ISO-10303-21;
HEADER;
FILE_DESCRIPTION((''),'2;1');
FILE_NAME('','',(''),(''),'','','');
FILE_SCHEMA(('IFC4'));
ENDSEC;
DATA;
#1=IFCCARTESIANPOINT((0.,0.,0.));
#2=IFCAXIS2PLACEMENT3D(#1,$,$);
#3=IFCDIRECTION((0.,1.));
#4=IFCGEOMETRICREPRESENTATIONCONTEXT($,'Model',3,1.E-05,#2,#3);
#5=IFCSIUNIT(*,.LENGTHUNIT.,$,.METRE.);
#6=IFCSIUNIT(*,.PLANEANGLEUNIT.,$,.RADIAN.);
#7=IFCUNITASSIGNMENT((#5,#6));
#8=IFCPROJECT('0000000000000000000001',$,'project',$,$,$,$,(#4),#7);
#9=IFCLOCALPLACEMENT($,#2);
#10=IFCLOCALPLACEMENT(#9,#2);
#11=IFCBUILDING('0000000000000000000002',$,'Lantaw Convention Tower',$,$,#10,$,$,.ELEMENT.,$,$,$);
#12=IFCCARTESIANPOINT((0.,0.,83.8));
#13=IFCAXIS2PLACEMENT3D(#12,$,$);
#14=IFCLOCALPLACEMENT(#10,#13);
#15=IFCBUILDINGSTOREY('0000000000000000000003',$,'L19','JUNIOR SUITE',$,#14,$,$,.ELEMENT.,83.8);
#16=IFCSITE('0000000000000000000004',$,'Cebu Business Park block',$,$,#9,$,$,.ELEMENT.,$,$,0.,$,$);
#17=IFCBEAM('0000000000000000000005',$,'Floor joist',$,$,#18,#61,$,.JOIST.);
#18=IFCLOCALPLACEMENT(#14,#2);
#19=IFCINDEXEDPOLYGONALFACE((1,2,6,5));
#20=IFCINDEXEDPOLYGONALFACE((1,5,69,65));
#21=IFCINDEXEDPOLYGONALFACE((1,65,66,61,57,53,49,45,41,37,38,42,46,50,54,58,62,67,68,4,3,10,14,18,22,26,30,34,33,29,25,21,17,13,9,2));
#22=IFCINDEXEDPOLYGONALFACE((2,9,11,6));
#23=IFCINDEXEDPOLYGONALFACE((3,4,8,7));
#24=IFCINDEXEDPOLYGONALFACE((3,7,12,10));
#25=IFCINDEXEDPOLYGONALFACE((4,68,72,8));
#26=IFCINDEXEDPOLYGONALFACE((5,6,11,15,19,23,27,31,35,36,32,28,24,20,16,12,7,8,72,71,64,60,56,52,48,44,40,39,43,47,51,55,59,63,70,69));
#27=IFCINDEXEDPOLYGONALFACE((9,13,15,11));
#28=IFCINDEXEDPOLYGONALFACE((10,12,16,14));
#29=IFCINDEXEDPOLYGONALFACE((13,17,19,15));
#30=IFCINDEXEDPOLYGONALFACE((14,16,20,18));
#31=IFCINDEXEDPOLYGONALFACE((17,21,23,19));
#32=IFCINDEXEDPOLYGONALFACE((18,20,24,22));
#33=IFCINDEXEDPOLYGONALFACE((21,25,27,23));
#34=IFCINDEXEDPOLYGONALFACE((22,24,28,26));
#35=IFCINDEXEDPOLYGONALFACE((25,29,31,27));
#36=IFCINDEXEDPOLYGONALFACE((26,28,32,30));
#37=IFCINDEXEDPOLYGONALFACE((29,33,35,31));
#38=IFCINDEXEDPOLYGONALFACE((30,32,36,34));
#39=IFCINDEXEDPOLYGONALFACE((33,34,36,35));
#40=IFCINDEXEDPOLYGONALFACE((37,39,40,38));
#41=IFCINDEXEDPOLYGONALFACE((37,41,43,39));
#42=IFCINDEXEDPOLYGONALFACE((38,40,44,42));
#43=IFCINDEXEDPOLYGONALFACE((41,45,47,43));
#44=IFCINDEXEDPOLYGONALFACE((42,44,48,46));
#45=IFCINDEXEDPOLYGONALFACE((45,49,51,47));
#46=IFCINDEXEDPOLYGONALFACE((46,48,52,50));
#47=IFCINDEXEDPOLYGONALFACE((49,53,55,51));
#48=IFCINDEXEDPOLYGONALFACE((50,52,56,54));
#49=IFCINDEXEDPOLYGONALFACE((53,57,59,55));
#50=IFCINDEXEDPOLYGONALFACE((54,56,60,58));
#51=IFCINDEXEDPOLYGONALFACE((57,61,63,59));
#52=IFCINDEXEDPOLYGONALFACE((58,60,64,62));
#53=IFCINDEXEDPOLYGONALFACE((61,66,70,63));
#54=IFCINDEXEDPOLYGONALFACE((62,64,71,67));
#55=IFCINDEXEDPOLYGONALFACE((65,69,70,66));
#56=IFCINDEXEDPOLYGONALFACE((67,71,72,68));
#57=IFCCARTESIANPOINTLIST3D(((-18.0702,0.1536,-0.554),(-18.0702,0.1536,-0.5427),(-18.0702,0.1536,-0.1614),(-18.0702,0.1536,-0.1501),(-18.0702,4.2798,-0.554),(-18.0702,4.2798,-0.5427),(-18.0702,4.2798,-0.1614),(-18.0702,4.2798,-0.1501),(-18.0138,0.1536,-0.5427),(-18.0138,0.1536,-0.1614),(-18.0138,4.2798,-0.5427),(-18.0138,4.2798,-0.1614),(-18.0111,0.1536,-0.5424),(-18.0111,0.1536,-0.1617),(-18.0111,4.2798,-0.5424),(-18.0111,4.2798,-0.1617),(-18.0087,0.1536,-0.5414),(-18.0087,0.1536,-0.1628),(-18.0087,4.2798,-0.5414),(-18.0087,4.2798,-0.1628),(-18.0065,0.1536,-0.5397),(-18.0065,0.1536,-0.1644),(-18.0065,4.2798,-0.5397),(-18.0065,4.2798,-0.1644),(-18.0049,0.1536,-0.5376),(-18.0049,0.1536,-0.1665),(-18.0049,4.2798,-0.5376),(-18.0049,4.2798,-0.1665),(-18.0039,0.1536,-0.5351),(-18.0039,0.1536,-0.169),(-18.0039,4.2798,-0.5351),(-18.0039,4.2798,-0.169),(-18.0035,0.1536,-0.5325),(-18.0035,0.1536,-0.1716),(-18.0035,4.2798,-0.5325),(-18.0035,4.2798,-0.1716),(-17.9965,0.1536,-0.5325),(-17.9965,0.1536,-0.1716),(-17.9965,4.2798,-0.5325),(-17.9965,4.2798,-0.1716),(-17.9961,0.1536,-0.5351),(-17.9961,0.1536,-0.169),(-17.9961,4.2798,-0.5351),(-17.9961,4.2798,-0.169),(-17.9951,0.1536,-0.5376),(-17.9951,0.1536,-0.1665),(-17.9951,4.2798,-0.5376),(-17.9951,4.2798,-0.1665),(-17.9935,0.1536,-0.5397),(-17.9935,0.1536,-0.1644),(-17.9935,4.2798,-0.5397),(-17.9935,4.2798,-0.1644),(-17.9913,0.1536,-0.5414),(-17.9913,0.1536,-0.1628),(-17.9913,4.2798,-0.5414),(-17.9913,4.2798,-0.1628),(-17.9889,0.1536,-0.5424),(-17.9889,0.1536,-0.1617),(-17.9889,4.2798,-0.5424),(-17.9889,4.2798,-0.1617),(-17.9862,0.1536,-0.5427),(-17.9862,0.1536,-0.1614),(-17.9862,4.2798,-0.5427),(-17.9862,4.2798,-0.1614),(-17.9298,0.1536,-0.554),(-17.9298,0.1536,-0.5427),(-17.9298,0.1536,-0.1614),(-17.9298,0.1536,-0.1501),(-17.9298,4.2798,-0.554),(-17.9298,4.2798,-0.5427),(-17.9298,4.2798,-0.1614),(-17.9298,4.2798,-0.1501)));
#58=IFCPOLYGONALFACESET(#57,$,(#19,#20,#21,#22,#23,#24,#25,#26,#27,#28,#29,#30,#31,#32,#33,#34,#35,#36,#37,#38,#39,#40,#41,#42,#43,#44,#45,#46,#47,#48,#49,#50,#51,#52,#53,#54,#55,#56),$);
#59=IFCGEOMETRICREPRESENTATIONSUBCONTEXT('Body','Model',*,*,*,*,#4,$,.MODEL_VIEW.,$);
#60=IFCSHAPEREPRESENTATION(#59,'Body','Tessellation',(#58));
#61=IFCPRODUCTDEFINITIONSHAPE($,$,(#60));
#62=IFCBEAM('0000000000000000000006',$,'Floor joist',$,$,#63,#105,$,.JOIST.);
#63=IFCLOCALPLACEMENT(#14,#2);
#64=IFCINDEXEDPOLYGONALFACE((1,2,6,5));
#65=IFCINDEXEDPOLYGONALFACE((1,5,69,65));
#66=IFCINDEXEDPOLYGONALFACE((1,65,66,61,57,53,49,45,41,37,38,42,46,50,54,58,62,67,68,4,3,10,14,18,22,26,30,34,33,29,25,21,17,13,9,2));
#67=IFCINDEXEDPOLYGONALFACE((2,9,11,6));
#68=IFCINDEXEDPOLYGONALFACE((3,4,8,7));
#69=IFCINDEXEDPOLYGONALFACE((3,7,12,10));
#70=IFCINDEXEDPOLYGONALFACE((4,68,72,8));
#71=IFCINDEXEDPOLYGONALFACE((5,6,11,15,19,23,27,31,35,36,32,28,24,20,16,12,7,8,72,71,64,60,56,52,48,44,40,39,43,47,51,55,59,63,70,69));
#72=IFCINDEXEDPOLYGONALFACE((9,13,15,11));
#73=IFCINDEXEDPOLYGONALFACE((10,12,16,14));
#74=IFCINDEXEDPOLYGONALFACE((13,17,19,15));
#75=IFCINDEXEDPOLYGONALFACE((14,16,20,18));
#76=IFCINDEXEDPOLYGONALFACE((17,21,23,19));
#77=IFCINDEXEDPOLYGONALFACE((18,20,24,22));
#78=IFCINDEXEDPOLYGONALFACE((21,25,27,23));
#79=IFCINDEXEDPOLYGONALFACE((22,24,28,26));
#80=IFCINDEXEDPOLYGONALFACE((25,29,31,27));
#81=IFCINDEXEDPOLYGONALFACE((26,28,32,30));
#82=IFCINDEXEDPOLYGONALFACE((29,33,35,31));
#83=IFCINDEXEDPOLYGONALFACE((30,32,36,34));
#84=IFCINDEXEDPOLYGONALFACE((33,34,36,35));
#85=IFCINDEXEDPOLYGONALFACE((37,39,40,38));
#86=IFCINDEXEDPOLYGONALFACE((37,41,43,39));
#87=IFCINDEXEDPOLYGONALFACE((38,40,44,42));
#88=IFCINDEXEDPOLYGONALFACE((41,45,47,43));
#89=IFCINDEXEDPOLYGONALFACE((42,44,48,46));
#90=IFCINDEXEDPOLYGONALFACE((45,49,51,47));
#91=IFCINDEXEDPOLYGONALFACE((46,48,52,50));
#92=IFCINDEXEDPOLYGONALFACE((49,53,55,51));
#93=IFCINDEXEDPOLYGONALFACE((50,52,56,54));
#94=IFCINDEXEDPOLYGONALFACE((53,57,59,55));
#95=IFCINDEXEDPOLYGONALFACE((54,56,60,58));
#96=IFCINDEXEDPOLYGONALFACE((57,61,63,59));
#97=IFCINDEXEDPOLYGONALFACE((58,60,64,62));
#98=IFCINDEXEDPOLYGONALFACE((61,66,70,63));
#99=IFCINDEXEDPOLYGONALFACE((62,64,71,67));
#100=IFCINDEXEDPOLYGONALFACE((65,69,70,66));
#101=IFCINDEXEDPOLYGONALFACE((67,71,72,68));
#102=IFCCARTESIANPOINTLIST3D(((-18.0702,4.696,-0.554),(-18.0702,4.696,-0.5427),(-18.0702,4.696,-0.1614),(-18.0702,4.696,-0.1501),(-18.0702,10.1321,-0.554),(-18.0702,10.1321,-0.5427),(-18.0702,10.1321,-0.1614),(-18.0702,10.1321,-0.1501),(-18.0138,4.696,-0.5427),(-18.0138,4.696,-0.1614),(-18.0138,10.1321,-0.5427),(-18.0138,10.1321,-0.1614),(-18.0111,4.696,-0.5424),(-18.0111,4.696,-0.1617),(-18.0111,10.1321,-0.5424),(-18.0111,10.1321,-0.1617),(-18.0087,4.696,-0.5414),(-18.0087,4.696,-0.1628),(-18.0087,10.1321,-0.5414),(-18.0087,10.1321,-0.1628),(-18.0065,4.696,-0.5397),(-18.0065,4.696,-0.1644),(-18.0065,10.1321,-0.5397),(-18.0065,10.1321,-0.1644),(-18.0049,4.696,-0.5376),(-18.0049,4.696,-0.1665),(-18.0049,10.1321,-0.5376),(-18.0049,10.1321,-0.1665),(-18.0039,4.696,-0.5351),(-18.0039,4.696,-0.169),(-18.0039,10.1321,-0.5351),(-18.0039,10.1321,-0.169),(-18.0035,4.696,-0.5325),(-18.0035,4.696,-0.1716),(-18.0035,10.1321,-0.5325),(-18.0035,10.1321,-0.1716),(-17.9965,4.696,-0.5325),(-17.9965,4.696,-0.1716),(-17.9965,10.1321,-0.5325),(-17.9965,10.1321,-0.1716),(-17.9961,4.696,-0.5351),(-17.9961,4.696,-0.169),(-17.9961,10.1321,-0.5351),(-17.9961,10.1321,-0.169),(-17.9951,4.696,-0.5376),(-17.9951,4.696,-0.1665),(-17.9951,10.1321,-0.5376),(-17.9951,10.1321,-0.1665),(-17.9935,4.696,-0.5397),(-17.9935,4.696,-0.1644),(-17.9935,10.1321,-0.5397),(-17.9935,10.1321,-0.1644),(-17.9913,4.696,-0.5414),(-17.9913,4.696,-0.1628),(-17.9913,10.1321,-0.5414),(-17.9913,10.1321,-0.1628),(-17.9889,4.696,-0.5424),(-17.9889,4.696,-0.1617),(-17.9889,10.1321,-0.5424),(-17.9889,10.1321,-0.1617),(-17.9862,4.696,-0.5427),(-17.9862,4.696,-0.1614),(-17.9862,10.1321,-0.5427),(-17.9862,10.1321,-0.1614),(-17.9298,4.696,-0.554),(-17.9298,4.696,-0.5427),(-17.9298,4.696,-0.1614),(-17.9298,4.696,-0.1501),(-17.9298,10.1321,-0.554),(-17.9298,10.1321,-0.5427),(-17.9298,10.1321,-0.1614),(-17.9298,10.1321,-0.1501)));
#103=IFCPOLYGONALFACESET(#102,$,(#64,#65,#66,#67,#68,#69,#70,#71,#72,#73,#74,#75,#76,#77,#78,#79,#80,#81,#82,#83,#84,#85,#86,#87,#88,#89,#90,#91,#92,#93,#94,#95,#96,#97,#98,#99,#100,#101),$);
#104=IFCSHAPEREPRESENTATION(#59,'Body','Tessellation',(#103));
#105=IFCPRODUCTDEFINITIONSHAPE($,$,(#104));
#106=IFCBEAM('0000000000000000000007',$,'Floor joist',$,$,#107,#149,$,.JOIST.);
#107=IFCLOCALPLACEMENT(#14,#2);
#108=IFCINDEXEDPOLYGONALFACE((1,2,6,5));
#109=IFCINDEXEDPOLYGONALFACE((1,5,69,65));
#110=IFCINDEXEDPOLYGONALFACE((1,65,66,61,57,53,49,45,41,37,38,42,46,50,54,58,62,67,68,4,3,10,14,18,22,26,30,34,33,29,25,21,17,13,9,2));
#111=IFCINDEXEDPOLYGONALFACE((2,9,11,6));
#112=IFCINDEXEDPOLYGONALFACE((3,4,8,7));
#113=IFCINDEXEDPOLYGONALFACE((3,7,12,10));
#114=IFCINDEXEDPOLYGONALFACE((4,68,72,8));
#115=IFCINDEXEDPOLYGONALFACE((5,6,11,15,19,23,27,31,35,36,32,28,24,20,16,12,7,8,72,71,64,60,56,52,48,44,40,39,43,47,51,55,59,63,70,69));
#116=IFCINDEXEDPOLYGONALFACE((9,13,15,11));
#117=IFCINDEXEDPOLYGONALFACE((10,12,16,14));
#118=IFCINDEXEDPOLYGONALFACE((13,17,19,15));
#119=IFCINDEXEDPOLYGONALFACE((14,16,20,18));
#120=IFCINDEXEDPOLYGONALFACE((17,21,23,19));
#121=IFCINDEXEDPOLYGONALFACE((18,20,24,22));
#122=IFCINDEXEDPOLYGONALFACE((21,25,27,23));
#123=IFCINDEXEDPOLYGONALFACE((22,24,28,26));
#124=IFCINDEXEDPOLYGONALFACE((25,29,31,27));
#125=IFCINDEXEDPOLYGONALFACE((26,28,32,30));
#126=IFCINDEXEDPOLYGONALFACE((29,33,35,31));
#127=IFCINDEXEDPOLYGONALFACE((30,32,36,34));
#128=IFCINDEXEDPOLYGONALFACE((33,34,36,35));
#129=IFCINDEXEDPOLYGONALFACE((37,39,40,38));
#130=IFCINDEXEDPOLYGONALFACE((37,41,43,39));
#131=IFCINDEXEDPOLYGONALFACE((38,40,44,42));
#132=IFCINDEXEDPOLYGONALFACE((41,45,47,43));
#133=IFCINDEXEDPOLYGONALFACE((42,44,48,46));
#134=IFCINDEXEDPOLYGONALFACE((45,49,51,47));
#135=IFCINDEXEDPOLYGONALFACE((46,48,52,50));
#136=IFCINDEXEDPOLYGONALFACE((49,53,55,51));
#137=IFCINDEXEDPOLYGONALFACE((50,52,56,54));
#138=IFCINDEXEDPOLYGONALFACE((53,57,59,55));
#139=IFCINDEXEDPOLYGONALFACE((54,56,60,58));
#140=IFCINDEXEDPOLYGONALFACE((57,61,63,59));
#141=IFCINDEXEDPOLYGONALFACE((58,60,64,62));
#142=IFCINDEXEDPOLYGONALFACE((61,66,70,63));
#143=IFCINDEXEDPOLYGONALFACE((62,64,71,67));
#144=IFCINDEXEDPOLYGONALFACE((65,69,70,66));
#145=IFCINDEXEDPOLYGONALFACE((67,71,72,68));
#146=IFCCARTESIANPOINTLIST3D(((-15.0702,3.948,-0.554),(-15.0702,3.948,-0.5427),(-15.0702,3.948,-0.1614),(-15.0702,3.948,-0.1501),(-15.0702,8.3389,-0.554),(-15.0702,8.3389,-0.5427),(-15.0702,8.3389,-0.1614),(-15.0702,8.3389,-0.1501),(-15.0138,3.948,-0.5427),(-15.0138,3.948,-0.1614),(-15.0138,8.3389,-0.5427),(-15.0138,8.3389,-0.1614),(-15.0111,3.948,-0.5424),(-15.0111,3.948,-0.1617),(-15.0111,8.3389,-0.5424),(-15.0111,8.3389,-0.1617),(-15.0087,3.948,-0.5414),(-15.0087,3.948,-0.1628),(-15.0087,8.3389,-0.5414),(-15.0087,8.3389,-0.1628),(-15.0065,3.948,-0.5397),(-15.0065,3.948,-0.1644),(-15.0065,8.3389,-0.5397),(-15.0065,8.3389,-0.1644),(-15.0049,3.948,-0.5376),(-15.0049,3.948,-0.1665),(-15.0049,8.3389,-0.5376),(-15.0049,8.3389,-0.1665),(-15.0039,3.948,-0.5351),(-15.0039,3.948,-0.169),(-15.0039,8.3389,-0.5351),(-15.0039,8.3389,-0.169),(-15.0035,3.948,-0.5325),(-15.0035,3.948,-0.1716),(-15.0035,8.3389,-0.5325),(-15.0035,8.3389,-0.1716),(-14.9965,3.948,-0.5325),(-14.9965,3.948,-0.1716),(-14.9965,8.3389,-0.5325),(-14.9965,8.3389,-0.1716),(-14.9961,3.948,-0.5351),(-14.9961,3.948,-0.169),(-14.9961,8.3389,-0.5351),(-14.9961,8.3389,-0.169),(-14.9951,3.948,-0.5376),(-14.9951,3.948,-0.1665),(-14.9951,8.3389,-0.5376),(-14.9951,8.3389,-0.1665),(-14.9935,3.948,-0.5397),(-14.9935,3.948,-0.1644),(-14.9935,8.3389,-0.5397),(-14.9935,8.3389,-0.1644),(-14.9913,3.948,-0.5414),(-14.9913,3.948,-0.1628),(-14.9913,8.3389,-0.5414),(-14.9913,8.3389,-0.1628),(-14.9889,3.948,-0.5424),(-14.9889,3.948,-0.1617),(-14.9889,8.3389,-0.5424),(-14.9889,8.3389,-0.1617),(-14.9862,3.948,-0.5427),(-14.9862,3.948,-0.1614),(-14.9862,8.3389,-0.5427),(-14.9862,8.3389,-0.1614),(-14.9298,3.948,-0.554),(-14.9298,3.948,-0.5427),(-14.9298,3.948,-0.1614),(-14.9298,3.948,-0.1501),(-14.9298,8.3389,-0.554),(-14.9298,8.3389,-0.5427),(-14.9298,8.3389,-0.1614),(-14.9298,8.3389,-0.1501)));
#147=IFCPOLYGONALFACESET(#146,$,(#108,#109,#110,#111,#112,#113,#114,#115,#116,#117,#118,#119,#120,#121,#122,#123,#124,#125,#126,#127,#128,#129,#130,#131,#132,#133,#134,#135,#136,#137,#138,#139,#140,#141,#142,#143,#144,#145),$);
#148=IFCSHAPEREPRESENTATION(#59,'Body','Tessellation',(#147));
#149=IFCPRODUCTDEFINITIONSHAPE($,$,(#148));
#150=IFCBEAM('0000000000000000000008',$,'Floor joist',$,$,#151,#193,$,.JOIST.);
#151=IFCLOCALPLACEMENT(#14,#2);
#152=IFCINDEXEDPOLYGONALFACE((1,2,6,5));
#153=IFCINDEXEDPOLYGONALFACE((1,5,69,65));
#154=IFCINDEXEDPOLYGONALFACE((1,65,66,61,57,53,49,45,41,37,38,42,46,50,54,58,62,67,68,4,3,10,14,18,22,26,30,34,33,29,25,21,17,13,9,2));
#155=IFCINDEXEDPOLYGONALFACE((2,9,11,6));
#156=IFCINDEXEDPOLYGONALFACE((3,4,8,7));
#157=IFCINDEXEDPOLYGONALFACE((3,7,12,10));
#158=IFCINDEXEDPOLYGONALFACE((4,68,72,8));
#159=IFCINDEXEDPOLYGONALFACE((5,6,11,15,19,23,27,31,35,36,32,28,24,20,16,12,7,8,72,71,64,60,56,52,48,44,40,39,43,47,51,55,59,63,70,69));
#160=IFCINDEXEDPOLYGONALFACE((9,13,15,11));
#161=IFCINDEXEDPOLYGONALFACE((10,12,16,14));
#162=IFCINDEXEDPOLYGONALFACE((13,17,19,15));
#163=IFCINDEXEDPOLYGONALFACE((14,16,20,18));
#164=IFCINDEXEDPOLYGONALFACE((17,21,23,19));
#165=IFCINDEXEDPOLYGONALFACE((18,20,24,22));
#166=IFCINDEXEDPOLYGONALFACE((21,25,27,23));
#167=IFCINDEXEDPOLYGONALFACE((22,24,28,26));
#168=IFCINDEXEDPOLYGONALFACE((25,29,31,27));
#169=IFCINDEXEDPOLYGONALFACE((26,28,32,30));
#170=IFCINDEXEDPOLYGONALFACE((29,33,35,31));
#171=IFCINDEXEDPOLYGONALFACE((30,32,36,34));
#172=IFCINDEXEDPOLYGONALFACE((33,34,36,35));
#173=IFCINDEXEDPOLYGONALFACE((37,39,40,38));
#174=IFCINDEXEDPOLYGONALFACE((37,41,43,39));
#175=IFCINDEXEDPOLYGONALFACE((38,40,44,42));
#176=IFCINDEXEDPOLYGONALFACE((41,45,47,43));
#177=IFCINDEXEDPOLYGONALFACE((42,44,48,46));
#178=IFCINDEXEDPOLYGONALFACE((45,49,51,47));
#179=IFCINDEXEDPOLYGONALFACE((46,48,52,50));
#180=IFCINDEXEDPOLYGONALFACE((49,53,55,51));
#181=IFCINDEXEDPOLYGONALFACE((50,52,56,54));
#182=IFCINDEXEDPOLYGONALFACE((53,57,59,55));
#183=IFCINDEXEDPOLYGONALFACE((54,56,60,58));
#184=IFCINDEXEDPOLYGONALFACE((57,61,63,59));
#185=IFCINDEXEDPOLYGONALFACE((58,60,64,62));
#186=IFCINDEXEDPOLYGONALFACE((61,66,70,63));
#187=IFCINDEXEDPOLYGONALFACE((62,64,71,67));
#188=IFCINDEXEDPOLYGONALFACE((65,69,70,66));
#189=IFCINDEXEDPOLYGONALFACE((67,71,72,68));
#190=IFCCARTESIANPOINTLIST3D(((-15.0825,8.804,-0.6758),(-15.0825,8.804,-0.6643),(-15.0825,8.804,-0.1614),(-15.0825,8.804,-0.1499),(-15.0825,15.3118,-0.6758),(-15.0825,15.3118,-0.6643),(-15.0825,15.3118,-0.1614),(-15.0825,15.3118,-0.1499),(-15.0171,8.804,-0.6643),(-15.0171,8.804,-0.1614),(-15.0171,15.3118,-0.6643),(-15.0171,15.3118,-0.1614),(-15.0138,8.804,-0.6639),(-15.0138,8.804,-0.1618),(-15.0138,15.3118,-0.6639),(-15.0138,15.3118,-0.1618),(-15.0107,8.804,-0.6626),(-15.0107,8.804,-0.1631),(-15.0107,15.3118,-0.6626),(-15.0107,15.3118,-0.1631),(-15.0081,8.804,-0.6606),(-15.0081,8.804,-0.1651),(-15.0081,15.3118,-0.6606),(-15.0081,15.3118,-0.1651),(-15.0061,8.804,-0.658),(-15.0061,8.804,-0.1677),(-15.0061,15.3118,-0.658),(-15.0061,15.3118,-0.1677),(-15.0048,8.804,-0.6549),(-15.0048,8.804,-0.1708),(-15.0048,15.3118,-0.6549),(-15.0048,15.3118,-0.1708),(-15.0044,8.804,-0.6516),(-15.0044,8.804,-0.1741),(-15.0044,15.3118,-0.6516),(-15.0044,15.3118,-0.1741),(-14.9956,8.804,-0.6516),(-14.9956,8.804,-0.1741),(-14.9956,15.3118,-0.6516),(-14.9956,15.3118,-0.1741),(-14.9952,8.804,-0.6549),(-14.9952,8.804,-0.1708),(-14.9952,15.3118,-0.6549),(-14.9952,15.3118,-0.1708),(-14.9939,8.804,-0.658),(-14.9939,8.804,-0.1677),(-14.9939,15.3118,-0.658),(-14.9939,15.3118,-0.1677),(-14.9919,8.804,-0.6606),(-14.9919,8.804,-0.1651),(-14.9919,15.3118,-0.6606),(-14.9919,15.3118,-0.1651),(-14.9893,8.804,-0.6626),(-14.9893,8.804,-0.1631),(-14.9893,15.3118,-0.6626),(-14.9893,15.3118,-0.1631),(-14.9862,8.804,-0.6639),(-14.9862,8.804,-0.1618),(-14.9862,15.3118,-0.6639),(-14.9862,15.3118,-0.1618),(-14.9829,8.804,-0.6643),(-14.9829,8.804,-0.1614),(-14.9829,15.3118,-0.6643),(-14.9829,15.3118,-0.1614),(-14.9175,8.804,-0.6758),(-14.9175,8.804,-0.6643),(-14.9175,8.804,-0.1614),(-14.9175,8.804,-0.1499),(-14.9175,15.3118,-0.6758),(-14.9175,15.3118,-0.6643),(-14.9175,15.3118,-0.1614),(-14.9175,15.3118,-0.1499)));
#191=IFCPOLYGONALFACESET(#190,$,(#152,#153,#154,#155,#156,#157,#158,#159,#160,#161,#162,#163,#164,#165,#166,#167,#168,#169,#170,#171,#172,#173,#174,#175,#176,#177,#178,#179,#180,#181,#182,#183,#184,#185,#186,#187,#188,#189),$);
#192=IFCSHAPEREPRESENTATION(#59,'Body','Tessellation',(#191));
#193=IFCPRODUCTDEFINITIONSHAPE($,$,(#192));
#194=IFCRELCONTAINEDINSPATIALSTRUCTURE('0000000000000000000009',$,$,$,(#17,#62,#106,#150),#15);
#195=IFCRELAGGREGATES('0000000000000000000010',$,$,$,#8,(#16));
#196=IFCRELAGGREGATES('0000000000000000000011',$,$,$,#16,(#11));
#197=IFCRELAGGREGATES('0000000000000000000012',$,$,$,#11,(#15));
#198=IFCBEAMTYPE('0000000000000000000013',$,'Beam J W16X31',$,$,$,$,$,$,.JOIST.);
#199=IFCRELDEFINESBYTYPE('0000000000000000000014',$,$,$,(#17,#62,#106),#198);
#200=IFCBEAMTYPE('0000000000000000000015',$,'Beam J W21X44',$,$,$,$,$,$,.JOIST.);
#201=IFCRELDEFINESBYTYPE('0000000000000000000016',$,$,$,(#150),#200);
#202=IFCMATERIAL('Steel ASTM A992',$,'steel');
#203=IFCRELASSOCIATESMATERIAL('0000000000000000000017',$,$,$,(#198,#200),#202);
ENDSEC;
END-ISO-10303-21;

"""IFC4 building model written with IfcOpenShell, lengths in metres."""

from ifc_helpers import new_model, si_unit, direction, frame, origin, origin_2d, place, context, subcontext, project, spatial, i_section, extrude, material, material_profile, profile_set, type_object, element, save


model = new_model("IFC4")

# Units and contexts
model_context = context("Model", 3, precision=1e-05, world=origin(), true_north=direction((0.0, 1.0)))
body_context = subcontext(model_context, "Body", "Model", "MODEL_VIEW")
ifc_project = project(units=[si_unit("LENGTHUNIT", "METRE"), si_unit("PLANEANGLEUNIT", "RADIAN")], contexts=[model_context])

# Site, building, storey
site_placement = place(None, origin())
site = spatial("IfcSite", under=ifc_project, at=site_placement, Name="Cebu Business Park block", CompositionType="ELEMENT", RefElevation=0.0)
building_placement = place(site_placement, origin())
building = spatial("IfcBuilding", under=site, at=building_placement, Name="Lantaw Convention Tower", CompositionType="ELEMENT")
storey_placement = place(building_placement, frame((0.0, 0.0, 83.8)))
storey = spatial("IfcBuildingStorey", under=building, at=storey_placement, Name="L19", Description="JUNIOR SUITE", CompositionType="ELEMENT", Elevation=83.8)

# Beams
ifc_material_1 = material(Name="Steel ASTM A992", Category="steel")
ifc_material_profile_1 = material_profile(ifc_material_1, i_section(OverallWidth=0.1404, OverallDepth=0.4038, WebThickness=0.0071, FlangeThickness=0.0112, FilletRadius=0.0103, at=origin_2d()), Name="W16X31")
ifc_profile_set_1 = profile_set([ifc_material_profile_1], Name="Steel ASTM A992")
beam_type_1 = type_object("IfcBeamType", Name="Beam J W16X31", PredefinedType="JOIST", material=ifc_profile_set_1)
beam_1_placement = place(storey_placement, frame((-18.0, 0.1536, -0.3521), z_axis=(0.0, 1.0, 0.0), x_axis=(-1.0, 0.0, 0.0)))
element("IfcBeam", 1, at=beam_1_placement, inside=storey, type_object=beam_type_1, Name="Floor joist", PredefinedType="JOIST", context=body_context, shape_type="SweptSolid", body=[
    extrude(i_section(OverallWidth=0.1404, OverallDepth=0.4038, WebThickness=0.0071, FlangeThickness=0.0112, FilletRadius=0.0103, at=origin_2d()), origin(), (0.0, 0.0, 1.0), 4.1262),
])
beam_2_placement = place(storey_placement, frame((-18.0, 4.696, -0.3521), z_axis=(0.0, 1.0, 0.0), x_axis=(-1.0, 0.0, 0.0)))
element("IfcBeam", 2, at=beam_2_placement, inside=storey, type_object=beam_type_1, Name="Floor joist", PredefinedType="JOIST", context=body_context, shape_type="SweptSolid", body=[
    extrude(i_section(OverallWidth=0.1404, OverallDepth=0.4038, WebThickness=0.0071, FlangeThickness=0.0112, FilletRadius=0.0103, at=origin_2d()), origin(), (0.0, 0.0, 1.0), 5.436),
])
beam_3_placement = place(storey_placement, frame((-15.0, 3.948, -0.3521), z_axis=(0.0, 1.0, 0.0), x_axis=(-1.0, 0.0, 0.0)))
element("IfcBeam", 3, at=beam_3_placement, inside=storey, type_object=beam_type_1, Name="Floor joist", PredefinedType="JOIST", context=body_context, shape_type="SweptSolid", body=[
    extrude(i_section(OverallWidth=0.1404, OverallDepth=0.4038, WebThickness=0.0071, FlangeThickness=0.0112, FilletRadius=0.0103, at=origin_2d()), origin(), (0.0, 0.0, 1.0), 4.3909),
])
ifc_material_profile_2 = material_profile(ifc_material_1, i_section(OverallWidth=0.165, OverallDepth=0.5259, WebThickness=0.0088, FlangeThickness=0.0115, FilletRadius=0.0127, at=origin_2d()), Name="W21X44")
ifc_profile_set_2 = profile_set([ifc_material_profile_2], Name="Steel ASTM A992")
beam_type_2 = type_object("IfcBeamType", Name="Beam J W21X44", PredefinedType="JOIST", material=ifc_profile_set_2)
beam_4_placement = place(storey_placement, frame((-15.0, 8.804, -0.4128), z_axis=(0.0, 1.0, 0.0), x_axis=(-1.0, 0.0, 0.0)))
element("IfcBeam", 4, at=beam_4_placement, inside=storey, type_object=beam_type_2, Name="Floor joist", PredefinedType="JOIST", context=body_context, shape_type="SweptSolid", body=[
    extrude(i_section(OverallWidth=0.165, OverallDepth=0.5259, WebThickness=0.0088, FlangeThickness=0.0115, FilletRadius=0.0127, at=origin_2d()), origin(), (0.0, 0.0, 1.0), 6.5078),
])

save(model, "model.ifc")
